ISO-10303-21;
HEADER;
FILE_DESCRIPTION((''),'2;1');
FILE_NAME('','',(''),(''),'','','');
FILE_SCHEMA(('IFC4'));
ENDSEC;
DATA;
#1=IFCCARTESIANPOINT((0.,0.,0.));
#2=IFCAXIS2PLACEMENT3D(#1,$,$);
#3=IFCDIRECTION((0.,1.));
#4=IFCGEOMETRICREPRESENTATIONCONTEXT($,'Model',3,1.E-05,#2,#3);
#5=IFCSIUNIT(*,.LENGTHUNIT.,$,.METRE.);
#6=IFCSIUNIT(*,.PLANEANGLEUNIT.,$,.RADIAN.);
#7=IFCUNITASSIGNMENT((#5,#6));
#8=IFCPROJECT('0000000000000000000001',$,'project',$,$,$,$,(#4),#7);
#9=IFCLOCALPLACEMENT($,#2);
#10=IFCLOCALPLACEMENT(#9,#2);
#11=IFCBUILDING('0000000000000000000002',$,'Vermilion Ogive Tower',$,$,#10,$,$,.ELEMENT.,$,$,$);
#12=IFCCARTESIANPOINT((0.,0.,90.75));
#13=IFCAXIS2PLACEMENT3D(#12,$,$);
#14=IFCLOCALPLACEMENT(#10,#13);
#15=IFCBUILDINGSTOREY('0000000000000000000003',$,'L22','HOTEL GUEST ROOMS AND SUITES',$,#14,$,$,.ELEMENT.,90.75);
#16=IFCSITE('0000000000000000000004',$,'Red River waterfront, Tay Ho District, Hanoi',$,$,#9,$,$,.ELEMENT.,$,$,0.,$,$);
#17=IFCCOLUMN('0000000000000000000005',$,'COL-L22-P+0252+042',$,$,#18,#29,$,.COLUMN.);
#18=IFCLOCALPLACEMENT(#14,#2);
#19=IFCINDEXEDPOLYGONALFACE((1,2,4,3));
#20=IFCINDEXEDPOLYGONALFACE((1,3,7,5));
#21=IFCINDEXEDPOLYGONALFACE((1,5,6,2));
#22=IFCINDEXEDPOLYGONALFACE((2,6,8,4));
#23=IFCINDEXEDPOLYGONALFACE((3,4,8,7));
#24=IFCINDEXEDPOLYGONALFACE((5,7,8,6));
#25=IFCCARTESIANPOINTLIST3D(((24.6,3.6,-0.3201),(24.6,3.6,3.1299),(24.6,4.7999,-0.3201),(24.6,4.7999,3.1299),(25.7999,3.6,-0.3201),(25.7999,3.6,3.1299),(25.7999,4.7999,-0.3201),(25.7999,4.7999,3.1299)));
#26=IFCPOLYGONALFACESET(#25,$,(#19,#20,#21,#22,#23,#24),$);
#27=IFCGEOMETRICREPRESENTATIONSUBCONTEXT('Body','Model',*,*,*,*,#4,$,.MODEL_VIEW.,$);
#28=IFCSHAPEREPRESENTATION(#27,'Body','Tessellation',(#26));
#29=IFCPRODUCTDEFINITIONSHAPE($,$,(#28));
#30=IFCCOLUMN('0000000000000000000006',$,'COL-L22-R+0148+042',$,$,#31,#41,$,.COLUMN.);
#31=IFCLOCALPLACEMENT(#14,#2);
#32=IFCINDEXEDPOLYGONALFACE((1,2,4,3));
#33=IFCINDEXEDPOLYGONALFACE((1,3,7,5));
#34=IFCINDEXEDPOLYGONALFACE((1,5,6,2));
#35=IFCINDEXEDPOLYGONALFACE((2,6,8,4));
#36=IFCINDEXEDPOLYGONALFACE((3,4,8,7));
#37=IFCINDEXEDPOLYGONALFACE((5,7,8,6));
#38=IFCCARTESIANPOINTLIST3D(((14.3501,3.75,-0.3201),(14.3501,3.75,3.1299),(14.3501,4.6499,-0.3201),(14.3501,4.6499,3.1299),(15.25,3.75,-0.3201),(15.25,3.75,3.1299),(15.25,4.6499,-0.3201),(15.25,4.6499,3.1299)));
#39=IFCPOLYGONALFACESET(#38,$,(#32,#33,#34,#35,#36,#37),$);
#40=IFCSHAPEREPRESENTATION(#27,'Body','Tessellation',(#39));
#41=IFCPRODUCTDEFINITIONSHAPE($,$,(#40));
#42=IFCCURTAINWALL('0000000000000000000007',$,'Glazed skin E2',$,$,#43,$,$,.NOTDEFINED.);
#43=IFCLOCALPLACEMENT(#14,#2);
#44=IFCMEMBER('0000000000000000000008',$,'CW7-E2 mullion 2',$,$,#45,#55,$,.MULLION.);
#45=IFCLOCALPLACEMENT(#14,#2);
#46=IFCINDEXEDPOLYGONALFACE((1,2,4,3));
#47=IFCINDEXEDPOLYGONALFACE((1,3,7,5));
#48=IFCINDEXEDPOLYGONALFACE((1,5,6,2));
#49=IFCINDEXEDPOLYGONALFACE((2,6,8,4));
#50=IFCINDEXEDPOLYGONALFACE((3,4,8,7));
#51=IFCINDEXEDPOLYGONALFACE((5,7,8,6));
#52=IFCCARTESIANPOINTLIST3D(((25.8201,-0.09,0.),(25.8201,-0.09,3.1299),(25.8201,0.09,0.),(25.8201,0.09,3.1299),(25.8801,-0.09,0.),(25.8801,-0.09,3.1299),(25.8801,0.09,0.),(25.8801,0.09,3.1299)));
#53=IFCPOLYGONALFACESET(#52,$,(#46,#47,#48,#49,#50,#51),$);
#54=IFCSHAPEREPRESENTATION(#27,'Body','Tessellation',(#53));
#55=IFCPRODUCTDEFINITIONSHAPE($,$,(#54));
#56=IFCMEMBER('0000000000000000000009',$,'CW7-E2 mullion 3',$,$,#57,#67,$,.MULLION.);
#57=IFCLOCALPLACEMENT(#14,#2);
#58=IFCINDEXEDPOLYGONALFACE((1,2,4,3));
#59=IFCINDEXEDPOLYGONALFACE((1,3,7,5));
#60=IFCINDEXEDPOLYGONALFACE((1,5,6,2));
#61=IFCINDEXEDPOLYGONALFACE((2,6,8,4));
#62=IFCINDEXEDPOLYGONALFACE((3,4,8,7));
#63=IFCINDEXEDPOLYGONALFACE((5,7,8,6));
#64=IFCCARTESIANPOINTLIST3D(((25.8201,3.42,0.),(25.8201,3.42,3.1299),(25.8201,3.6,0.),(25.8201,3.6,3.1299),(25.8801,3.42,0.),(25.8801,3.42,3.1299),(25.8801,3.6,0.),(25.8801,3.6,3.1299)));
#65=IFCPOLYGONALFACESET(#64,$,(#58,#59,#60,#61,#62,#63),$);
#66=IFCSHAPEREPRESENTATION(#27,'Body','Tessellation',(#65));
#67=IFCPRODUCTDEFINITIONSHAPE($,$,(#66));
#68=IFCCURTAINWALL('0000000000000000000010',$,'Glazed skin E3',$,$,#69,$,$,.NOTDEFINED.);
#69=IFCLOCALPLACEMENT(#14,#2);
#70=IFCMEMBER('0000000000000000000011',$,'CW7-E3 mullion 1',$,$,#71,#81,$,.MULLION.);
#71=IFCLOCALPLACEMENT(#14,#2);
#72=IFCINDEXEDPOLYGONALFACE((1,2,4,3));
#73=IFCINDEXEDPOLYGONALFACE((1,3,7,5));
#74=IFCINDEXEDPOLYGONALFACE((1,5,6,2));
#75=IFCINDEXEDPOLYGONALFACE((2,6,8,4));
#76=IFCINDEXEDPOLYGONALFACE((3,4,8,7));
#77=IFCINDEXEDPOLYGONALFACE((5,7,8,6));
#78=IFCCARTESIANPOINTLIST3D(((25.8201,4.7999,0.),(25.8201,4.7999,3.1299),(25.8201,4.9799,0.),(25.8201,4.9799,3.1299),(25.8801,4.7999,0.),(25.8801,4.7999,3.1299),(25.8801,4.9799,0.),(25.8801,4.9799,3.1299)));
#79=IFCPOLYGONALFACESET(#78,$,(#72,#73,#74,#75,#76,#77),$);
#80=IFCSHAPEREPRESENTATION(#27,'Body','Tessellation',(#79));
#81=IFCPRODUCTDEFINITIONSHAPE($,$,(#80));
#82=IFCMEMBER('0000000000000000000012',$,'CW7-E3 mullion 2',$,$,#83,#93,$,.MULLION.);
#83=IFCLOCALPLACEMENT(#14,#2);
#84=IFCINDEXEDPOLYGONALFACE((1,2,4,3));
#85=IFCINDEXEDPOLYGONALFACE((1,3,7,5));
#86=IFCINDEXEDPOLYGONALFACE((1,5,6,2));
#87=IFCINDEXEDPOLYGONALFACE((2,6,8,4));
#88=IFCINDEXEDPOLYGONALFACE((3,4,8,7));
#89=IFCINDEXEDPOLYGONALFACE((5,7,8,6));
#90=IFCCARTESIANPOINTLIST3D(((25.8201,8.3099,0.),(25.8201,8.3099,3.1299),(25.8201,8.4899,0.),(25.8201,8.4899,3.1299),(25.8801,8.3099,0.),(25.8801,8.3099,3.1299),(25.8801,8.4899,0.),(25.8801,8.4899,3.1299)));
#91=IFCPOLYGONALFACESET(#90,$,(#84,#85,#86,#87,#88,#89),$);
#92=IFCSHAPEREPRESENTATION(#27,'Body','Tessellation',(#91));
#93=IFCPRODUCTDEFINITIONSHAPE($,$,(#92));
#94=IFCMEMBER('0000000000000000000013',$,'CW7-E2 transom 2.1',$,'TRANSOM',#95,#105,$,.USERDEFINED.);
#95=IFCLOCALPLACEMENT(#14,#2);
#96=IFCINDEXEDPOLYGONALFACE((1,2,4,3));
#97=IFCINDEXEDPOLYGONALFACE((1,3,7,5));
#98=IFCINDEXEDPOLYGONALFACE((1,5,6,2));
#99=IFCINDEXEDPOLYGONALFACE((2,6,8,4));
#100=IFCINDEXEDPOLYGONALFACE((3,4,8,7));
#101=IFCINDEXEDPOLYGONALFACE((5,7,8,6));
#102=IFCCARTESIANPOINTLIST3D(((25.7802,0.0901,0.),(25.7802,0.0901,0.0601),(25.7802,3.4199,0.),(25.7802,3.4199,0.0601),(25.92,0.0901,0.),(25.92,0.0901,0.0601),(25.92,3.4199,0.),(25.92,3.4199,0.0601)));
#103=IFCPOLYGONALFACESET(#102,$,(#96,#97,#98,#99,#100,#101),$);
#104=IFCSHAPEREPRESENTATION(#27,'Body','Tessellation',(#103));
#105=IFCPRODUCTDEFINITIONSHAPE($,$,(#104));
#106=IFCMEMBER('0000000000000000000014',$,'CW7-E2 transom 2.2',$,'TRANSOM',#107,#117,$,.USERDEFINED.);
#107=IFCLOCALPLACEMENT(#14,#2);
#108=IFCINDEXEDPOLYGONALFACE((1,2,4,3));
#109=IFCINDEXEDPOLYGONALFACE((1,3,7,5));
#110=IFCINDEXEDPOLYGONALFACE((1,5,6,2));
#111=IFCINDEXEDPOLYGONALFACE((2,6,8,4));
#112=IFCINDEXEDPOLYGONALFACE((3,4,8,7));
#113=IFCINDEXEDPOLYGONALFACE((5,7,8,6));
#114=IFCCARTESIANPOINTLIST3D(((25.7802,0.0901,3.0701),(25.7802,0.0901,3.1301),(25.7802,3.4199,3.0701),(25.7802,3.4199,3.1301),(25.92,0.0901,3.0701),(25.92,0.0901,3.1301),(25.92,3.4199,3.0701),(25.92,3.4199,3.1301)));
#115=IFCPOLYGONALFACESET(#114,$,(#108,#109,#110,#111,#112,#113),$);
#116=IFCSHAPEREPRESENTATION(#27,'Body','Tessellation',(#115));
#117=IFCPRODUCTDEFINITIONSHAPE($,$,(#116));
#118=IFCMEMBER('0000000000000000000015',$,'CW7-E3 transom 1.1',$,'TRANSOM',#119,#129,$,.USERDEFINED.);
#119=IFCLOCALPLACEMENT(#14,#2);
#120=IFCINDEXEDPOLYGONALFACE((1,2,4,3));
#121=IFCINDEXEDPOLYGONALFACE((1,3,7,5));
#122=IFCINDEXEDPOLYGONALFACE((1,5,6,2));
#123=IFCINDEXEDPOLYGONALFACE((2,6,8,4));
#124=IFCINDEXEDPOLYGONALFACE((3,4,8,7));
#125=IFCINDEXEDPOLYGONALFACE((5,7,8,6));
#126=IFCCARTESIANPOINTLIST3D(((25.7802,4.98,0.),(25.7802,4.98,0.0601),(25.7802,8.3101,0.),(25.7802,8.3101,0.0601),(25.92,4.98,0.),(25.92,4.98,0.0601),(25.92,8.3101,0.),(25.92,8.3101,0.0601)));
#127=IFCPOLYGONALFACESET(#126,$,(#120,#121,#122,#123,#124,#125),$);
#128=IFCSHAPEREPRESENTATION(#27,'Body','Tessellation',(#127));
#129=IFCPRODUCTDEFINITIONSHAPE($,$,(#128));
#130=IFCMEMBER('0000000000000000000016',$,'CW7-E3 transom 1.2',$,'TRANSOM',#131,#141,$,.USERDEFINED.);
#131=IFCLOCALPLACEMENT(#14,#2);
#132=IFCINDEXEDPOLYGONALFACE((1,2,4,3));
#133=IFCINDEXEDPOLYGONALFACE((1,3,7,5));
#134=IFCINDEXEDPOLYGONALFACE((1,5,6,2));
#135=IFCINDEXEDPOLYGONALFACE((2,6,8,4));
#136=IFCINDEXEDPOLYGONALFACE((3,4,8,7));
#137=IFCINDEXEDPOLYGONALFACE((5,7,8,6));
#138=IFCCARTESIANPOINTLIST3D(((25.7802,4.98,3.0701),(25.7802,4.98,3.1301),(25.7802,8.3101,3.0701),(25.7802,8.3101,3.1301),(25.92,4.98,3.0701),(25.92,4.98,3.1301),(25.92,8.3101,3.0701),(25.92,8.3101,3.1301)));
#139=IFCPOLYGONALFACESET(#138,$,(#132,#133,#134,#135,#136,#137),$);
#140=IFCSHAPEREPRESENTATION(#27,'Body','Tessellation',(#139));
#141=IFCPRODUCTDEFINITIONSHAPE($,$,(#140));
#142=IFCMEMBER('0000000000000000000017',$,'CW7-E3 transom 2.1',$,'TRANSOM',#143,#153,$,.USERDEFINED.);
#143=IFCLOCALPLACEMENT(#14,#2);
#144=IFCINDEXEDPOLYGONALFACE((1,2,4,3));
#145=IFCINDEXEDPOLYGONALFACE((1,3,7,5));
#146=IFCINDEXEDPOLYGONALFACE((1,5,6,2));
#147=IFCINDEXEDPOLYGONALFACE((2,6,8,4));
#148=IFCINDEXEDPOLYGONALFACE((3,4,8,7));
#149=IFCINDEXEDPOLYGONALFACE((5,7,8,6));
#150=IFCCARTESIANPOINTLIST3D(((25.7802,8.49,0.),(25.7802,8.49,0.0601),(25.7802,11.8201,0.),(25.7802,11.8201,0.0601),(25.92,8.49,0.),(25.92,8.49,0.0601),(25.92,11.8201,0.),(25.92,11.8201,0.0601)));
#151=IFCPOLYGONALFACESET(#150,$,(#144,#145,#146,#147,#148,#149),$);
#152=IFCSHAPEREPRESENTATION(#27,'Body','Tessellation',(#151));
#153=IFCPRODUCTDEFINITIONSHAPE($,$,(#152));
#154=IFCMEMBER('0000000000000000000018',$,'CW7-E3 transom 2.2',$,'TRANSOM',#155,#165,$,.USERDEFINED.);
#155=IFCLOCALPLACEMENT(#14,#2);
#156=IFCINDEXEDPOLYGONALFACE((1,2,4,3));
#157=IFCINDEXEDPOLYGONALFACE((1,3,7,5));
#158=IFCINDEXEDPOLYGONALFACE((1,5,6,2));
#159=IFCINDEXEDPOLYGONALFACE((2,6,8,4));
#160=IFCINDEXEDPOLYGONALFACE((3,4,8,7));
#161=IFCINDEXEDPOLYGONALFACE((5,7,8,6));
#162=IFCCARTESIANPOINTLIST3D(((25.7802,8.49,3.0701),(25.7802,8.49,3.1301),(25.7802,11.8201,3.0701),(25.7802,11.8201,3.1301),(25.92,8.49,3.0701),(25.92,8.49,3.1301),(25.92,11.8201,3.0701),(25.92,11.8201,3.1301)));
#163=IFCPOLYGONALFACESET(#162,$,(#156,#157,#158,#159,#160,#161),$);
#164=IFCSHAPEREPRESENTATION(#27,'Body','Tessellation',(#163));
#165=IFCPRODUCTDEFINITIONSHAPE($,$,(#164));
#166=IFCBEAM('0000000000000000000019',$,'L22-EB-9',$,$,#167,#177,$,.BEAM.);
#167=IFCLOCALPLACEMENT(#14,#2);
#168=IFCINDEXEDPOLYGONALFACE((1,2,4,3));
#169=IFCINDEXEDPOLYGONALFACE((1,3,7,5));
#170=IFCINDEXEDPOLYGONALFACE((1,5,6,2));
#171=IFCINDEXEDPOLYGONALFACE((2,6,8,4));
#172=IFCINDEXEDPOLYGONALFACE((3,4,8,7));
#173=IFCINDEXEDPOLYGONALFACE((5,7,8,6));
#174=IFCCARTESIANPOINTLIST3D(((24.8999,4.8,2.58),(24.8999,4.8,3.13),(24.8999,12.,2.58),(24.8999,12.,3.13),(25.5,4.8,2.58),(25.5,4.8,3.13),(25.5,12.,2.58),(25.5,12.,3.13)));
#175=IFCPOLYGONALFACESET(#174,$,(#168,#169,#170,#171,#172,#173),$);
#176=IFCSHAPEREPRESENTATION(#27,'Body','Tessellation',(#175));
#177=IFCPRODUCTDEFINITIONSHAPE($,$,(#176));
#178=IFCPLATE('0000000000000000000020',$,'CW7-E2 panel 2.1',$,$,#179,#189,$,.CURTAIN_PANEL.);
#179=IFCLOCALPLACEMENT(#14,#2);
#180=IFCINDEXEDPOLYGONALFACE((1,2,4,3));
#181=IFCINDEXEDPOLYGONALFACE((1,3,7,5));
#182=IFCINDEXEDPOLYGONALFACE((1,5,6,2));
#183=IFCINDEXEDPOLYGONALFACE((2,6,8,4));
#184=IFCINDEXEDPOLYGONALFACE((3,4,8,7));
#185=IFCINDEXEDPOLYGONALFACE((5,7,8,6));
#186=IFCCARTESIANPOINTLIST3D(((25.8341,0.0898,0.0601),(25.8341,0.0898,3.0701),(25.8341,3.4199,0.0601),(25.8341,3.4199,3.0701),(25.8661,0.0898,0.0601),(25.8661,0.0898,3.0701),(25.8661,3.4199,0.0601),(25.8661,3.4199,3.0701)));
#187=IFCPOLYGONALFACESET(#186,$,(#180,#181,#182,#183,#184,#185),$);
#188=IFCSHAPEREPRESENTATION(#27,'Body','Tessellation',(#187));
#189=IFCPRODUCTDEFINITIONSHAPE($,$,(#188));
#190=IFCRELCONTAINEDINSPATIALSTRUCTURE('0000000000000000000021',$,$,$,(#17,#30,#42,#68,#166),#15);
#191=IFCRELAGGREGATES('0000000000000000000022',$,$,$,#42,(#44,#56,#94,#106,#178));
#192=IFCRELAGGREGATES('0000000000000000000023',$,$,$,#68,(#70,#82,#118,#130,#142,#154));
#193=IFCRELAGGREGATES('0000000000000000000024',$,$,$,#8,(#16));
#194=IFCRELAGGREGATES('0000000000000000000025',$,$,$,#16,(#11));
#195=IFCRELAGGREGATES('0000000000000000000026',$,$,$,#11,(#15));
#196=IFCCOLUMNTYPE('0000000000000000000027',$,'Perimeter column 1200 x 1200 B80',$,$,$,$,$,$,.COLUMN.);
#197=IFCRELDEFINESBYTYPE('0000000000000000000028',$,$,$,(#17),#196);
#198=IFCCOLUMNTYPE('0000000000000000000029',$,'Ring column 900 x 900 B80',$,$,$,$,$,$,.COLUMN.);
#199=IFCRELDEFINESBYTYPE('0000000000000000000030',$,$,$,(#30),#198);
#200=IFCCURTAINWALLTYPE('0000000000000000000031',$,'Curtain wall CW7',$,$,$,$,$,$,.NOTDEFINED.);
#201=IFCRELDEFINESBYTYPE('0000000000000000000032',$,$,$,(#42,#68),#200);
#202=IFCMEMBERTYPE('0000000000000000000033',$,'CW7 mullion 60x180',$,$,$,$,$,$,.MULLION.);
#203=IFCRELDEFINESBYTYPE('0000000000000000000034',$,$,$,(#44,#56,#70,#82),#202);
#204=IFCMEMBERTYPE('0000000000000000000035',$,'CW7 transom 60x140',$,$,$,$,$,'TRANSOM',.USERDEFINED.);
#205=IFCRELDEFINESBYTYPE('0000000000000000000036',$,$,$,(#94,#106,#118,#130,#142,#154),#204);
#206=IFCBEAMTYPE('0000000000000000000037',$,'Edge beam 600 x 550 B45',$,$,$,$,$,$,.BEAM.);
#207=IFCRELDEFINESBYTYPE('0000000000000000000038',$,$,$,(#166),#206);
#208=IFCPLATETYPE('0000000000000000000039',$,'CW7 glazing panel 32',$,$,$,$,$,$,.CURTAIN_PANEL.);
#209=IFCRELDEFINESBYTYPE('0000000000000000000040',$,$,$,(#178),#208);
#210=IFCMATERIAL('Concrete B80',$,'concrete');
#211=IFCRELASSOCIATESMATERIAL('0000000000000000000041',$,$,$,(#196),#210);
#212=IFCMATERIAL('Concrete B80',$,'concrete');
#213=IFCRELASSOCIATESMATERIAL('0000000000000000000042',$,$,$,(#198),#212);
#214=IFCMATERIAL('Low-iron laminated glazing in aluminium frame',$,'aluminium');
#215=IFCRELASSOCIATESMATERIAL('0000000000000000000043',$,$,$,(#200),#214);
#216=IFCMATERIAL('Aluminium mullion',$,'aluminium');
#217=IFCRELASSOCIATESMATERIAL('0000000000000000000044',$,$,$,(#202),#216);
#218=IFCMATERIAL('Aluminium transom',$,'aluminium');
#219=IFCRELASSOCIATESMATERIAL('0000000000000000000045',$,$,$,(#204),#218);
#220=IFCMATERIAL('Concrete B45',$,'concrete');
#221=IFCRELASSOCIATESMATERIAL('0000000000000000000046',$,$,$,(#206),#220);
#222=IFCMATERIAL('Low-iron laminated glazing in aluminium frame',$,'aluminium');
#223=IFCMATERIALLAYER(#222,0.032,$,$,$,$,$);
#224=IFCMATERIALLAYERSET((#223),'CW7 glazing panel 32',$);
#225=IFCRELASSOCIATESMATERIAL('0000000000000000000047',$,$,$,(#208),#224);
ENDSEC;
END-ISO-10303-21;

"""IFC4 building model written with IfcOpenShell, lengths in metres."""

from ifc_helpers import new_model, si_unit, direction, frame, origin, origin_2d, place, context, subcontext, project, spatial, rectangle, extrude, material, layer, layer_set, material_profile, profile_set, type_object, element, aggregate, save


model = new_model("IFC4")

# Units and contexts
model_context = context("Model", 3, precision=1e-05, world=origin(), true_north=direction((0.0, 1.0)))
body_context = subcontext(model_context, "Body", "Model", "MODEL_VIEW")
ifc_project = project(units=[si_unit("LENGTHUNIT", "METRE"), si_unit("PLANEANGLEUNIT", "RADIAN")], contexts=[model_context])

# Site, building, storey
site_placement = place(None, origin())
site = spatial("IfcSite", under=ifc_project, at=site_placement, Name="Red River waterfront, Tay Ho District, Hanoi", CompositionType="ELEMENT", RefElevation=0.0)
building_placement = place(site_placement, origin())
building = spatial("IfcBuilding", under=site, at=building_placement, Name="Vermilion Ogive Tower", CompositionType="ELEMENT")
storey_placement = place(building_placement, frame((0.0, 0.0, 90.75)))
storey = spatial("IfcBuildingStorey", under=building, at=storey_placement, Name="L22", Description="HOTEL GUEST ROOMS AND SUITES", CompositionType="ELEMENT", Elevation=90.75)

# Columns
ifc_material_1 = material(Name="Concrete B80", Category="concrete")
ifc_material_profile_1 = material_profile(ifc_material_1, rectangle(XDim=1.2, YDim=1.2, at=origin_2d()), Name="1200 x 1200")
ifc_profile_set_1 = profile_set([ifc_material_profile_1], Name="Concrete B80")
column_type_1 = type_object("IfcColumnType", Name="Perimeter column 1200 x 1200 B80", PredefinedType="COLUMN", material=ifc_profile_set_1)
column_1_placement = place(storey_placement, frame((25.2, 4.2, -0.3201), z_axis=(0.0, 0.0, 1.0), x_axis=(1.0, 0.0, 0.0)))
element("IfcColumn", 1, at=column_1_placement, inside=storey, type_object=column_type_1, Name="COL-L22-P+0252+042", PredefinedType="COLUMN", context=body_context, shape_type="SweptSolid", body=[
    extrude(rectangle(XDim=1.2, YDim=1.2, at=origin_2d()), origin(), (0.0, 0.0, 1.0), 3.45),
])
ifc_material_2 = material(Name="Concrete B80", Category="concrete")
ifc_material_profile_2 = material_profile(ifc_material_2, rectangle(XDim=0.8999, YDim=0.8999, at=origin_2d()), Name="900 x 900")
ifc_profile_set_2 = profile_set([ifc_material_profile_2], Name="Concrete B80")
column_type_2 = type_object("IfcColumnType", Name="Ring column 900 x 900 B80", PredefinedType="COLUMN", material=ifc_profile_set_2)
column_2_placement = place(storey_placement, frame((14.8, 4.2, -0.3201), z_axis=(0.0, 0.0, 1.0), x_axis=(1.0, 0.0, 0.0)))
element("IfcColumn", 2, at=column_2_placement, inside=storey, type_object=column_type_2, Name="COL-L22-R+0148+042", PredefinedType="COLUMN", context=body_context, shape_type="SweptSolid", body=[
    extrude(rectangle(XDim=0.8999, YDim=0.8999, at=origin_2d()), origin(), (0.0, 0.0, 1.0), 3.45),
])

# Curtain walls, members
ifc_material_3 = material(Name="Low-iron laminated glazing in aluminium frame", Category="aluminium")
curtain_wall_type = type_object("IfcCurtainWallType", Name="Curtain wall CW7", PredefinedType="NOTDEFINED", material=ifc_material_3)
curtain_wall_1_placement = place(storey_placement, origin())
curtain_wall_1 = element("IfcCurtainWall", 3, at=curtain_wall_1_placement, inside=storey, type_object=curtain_wall_type, Name="Glazed skin E2", PredefinedType="NOTDEFINED")
ifc_material_4 = material(Name="Aluminium mullion", Category="aluminium")
ifc_material_profile_3 = material_profile(ifc_material_4, rectangle(XDim=0.0601, YDim=0.1799, at=origin_2d()), Name="AL 60x180")
ifc_profile_set_3 = profile_set([ifc_material_profile_3], Name="Aluminium mullion")
member_type_1 = type_object("IfcMemberType", Name="CW7 mullion 60x180", PredefinedType="MULLION", material=ifc_profile_set_3)
member_1_placement = place(storey_placement, frame((25.8501, 0.0, 0.0), z_axis=(0.0, 0.0, 1.0), x_axis=(-1.0, 0.0, 0.0)))
member_1 = element("IfcMember", 4, at=member_1_placement, type_object=member_type_1, Name="CW7-E2 mullion 2", PredefinedType="MULLION", context=body_context, shape_type="SweptSolid", body=[
    extrude(rectangle(XDim=0.0601, YDim=0.1799, at=origin_2d()), origin(), (0.0, 0.0, 1.0), 3.1299),
])
member_2_placement = place(storey_placement, frame((25.8501, 3.51, 0.0), z_axis=(0.0, 0.0, 1.0), x_axis=(-1.0, 0.0, 0.0)))
member_2 = element("IfcMember", 5, at=member_2_placement, type_object=member_type_1, Name="CW7-E2 mullion 3", PredefinedType="MULLION", context=body_context, shape_type="SweptSolid", body=[
    extrude(rectangle(XDim=0.0601, YDim=0.1799, at=origin_2d()), origin(), (0.0, 0.0, 1.0), 3.1299),
])
curtain_wall_2_placement = place(storey_placement, origin())
curtain_wall_2 = element("IfcCurtainWall", 6, at=curtain_wall_2_placement, inside=storey, type_object=curtain_wall_type, Name="Glazed skin E3", PredefinedType="NOTDEFINED")
member_3_placement = place(storey_placement, frame((25.8501, 4.8899, 0.0), z_axis=(0.0, 0.0, 1.0), x_axis=(-1.0, 0.0, 0.0)))
member_3 = element("IfcMember", 7, at=member_3_placement, type_object=member_type_1, Name="CW7-E3 mullion 1", PredefinedType="MULLION", context=body_context, shape_type="SweptSolid", body=[
    extrude(rectangle(XDim=0.0601, YDim=0.1799, at=origin_2d()), origin(), (0.0, 0.0, 1.0), 3.1299),
])
member_4_placement = place(storey_placement, frame((25.8501, 8.3999, 0.0), z_axis=(0.0, 0.0, 1.0), x_axis=(-1.0, 0.0, 0.0)))
member_4 = element("IfcMember", 8, at=member_4_placement, type_object=member_type_1, Name="CW7-E3 mullion 2", PredefinedType="MULLION", context=body_context, shape_type="SweptSolid", body=[
    extrude(rectangle(XDim=0.0601, YDim=0.1799, at=origin_2d()), origin(), (0.0, 0.0, 1.0), 3.1299),
])

# Members
ifc_material_5 = material(Name="Aluminium transom", Category="aluminium")
ifc_material_profile_4 = material_profile(ifc_material_5, rectangle(XDim=0.1399, YDim=0.0601, at=origin_2d()), Name="AL 60x140")
ifc_profile_set_4 = profile_set([ifc_material_profile_4], Name="Aluminium transom")
member_type_2 = type_object("IfcMemberType", Name="CW7 transom 60x140", ElementType="TRANSOM", PredefinedType="USERDEFINED", material=ifc_profile_set_4)
member_5_placement = place(storey_placement, frame((25.8501, 0.0901, 0.03), z_axis=(0.0, 1.0, 0.0), x_axis=(-1.0, 0.0, 0.0)))
member_5 = element("IfcMember", 9, at=member_5_placement, type_object=member_type_2, Name="CW7-E2 transom 2.1", ObjectType="TRANSOM", PredefinedType="USERDEFINED", context=body_context, shape_type="SweptSolid", body=[
    extrude(rectangle(XDim=0.1399, YDim=0.0601, at=origin_2d()), origin(), (0.0, 0.0, 1.0), 3.3298),
])
member_6_placement = place(storey_placement, frame((25.8501, 0.0901, 3.1001), z_axis=(0.0, 1.0, 0.0), x_axis=(-1.0, 0.0, 0.0)))
member_6 = element("IfcMember", 10, at=member_6_placement, type_object=member_type_2, Name="CW7-E2 transom 2.2", ObjectType="TRANSOM", PredefinedType="USERDEFINED", context=body_context, shape_type="SweptSolid", body=[
    extrude(rectangle(XDim=0.1399, YDim=0.0601, at=origin_2d()), origin(), (0.0, 0.0, 1.0), 3.3298),
])
member_7_placement = place(storey_placement, frame((25.8501, 4.98, 0.03), z_axis=(0.0, 1.0, 0.0), x_axis=(-1.0, 0.0, 0.0)))
member_7 = element("IfcMember", 11, at=member_7_placement, type_object=member_type_2, Name="CW7-E3 transom 1.1", ObjectType="TRANSOM", PredefinedType="USERDEFINED", context=body_context, shape_type="SweptSolid", body=[
    extrude(rectangle(XDim=0.1399, YDim=0.0601, at=origin_2d()), origin(), (0.0, 0.0, 1.0), 3.3301),
])
member_8_placement = place(storey_placement, frame((25.8501, 4.98, 3.1001), z_axis=(0.0, 1.0, 0.0), x_axis=(-1.0, 0.0, 0.0)))
member_8 = element("IfcMember", 12, at=member_8_placement, type_object=member_type_2, Name="CW7-E3 transom 1.2", ObjectType="TRANSOM", PredefinedType="USERDEFINED", context=body_context, shape_type="SweptSolid", body=[
    extrude(rectangle(XDim=0.1399, YDim=0.0601, at=origin_2d()), origin(), (0.0, 0.0, 1.0), 3.3301),
])
member_9_placement = place(storey_placement, frame((25.8501, 8.49, 0.03), z_axis=(0.0, 1.0, 0.0), x_axis=(-1.0, 0.0, 0.0)))
member_9 = element("IfcMember", 13, at=member_9_placement, type_object=member_type_2, Name="CW7-E3 transom 2.1", ObjectType="TRANSOM", PredefinedType="USERDEFINED", context=body_context, shape_type="SweptSolid", body=[
    extrude(rectangle(XDim=0.1399, YDim=0.0601, at=origin_2d()), origin(), (0.0, 0.0, 1.0), 3.3301),
])
member_10_placement = place(storey_placement, frame((25.8501, 8.49, 3.1001), z_axis=(0.0, 1.0, 0.0), x_axis=(-1.0, 0.0, 0.0)))
member_10 = element("IfcMember", 14, at=member_10_placement, type_object=member_type_2, Name="CW7-E3 transom 2.2", ObjectType="TRANSOM", PredefinedType="USERDEFINED", context=body_context, shape_type="SweptSolid", body=[
    extrude(rectangle(XDim=0.1399, YDim=0.0601, at=origin_2d()), origin(), (0.0, 0.0, 1.0), 3.3301),
])

# Beam
ifc_material_6 = material(Name="Concrete B45", Category="concrete")
ifc_material_profile_5 = material_profile(ifc_material_6, rectangle(XDim=0.6001, YDim=0.55, at=origin_2d()), Name="600 x 550")
ifc_profile_set_5 = profile_set([ifc_material_profile_5], Name="Concrete B45")
beam_type = type_object("IfcBeamType", Name="Edge beam 600 x 550 B45", PredefinedType="BEAM", material=ifc_profile_set_5)
beam_placement = place(storey_placement, frame((25.2, 4.8, 2.855), z_axis=(0.0, 1.0, 0.0), x_axis=(-1.0, 0.0, 0.0)))
element("IfcBeam", 15, at=beam_placement, inside=storey, type_object=beam_type, Name="L22-EB-9", PredefinedType="BEAM", context=body_context, shape_type="SweptSolid", body=[
    extrude(rectangle(XDim=0.6001, YDim=0.55, at=origin_2d()), origin(), (0.0, 0.0, 1.0), 7.2),
])

# Plate
ifc_material_7 = material(Name="Low-iron laminated glazing in aluminium frame", Category="aluminium")
ifc_layer_1 = layer(ifc_material_7, 0.032)
ifc_layer_set_1 = layer_set([ifc_layer_1], Name="CW7 glazing panel 32")
plate_type = type_object("IfcPlateType", Name="CW7 glazing panel 32", PredefinedType="CURTAIN_PANEL", material=ifc_layer_set_1)
plate_1_placement = place(storey_placement, frame((25.8501, 1.7549, 0.0601), z_axis=(0.0, 0.0, 1.0), x_axis=(0.0, 1.0, 0.0)))
plate_1 = element("IfcPlate", 16, at=plate_1_placement, type_object=plate_type, Name="CW7-E2 panel 2.1", PredefinedType="CURTAIN_PANEL", context=body_context, shape_type="SweptSolid", body=[
    extrude(rectangle(XDim=3.3301, YDim=0.032, at=origin_2d()), origin(), (0.0, 0.0, 1.0), 3.01),
])
aggregate(curtain_wall_1, [member_1, member_2, member_5, member_6, plate_1])
aggregate(curtain_wall_2, [member_3, member_4, member_7, member_8, member_9, member_10])

save(model, "model.ifc")
